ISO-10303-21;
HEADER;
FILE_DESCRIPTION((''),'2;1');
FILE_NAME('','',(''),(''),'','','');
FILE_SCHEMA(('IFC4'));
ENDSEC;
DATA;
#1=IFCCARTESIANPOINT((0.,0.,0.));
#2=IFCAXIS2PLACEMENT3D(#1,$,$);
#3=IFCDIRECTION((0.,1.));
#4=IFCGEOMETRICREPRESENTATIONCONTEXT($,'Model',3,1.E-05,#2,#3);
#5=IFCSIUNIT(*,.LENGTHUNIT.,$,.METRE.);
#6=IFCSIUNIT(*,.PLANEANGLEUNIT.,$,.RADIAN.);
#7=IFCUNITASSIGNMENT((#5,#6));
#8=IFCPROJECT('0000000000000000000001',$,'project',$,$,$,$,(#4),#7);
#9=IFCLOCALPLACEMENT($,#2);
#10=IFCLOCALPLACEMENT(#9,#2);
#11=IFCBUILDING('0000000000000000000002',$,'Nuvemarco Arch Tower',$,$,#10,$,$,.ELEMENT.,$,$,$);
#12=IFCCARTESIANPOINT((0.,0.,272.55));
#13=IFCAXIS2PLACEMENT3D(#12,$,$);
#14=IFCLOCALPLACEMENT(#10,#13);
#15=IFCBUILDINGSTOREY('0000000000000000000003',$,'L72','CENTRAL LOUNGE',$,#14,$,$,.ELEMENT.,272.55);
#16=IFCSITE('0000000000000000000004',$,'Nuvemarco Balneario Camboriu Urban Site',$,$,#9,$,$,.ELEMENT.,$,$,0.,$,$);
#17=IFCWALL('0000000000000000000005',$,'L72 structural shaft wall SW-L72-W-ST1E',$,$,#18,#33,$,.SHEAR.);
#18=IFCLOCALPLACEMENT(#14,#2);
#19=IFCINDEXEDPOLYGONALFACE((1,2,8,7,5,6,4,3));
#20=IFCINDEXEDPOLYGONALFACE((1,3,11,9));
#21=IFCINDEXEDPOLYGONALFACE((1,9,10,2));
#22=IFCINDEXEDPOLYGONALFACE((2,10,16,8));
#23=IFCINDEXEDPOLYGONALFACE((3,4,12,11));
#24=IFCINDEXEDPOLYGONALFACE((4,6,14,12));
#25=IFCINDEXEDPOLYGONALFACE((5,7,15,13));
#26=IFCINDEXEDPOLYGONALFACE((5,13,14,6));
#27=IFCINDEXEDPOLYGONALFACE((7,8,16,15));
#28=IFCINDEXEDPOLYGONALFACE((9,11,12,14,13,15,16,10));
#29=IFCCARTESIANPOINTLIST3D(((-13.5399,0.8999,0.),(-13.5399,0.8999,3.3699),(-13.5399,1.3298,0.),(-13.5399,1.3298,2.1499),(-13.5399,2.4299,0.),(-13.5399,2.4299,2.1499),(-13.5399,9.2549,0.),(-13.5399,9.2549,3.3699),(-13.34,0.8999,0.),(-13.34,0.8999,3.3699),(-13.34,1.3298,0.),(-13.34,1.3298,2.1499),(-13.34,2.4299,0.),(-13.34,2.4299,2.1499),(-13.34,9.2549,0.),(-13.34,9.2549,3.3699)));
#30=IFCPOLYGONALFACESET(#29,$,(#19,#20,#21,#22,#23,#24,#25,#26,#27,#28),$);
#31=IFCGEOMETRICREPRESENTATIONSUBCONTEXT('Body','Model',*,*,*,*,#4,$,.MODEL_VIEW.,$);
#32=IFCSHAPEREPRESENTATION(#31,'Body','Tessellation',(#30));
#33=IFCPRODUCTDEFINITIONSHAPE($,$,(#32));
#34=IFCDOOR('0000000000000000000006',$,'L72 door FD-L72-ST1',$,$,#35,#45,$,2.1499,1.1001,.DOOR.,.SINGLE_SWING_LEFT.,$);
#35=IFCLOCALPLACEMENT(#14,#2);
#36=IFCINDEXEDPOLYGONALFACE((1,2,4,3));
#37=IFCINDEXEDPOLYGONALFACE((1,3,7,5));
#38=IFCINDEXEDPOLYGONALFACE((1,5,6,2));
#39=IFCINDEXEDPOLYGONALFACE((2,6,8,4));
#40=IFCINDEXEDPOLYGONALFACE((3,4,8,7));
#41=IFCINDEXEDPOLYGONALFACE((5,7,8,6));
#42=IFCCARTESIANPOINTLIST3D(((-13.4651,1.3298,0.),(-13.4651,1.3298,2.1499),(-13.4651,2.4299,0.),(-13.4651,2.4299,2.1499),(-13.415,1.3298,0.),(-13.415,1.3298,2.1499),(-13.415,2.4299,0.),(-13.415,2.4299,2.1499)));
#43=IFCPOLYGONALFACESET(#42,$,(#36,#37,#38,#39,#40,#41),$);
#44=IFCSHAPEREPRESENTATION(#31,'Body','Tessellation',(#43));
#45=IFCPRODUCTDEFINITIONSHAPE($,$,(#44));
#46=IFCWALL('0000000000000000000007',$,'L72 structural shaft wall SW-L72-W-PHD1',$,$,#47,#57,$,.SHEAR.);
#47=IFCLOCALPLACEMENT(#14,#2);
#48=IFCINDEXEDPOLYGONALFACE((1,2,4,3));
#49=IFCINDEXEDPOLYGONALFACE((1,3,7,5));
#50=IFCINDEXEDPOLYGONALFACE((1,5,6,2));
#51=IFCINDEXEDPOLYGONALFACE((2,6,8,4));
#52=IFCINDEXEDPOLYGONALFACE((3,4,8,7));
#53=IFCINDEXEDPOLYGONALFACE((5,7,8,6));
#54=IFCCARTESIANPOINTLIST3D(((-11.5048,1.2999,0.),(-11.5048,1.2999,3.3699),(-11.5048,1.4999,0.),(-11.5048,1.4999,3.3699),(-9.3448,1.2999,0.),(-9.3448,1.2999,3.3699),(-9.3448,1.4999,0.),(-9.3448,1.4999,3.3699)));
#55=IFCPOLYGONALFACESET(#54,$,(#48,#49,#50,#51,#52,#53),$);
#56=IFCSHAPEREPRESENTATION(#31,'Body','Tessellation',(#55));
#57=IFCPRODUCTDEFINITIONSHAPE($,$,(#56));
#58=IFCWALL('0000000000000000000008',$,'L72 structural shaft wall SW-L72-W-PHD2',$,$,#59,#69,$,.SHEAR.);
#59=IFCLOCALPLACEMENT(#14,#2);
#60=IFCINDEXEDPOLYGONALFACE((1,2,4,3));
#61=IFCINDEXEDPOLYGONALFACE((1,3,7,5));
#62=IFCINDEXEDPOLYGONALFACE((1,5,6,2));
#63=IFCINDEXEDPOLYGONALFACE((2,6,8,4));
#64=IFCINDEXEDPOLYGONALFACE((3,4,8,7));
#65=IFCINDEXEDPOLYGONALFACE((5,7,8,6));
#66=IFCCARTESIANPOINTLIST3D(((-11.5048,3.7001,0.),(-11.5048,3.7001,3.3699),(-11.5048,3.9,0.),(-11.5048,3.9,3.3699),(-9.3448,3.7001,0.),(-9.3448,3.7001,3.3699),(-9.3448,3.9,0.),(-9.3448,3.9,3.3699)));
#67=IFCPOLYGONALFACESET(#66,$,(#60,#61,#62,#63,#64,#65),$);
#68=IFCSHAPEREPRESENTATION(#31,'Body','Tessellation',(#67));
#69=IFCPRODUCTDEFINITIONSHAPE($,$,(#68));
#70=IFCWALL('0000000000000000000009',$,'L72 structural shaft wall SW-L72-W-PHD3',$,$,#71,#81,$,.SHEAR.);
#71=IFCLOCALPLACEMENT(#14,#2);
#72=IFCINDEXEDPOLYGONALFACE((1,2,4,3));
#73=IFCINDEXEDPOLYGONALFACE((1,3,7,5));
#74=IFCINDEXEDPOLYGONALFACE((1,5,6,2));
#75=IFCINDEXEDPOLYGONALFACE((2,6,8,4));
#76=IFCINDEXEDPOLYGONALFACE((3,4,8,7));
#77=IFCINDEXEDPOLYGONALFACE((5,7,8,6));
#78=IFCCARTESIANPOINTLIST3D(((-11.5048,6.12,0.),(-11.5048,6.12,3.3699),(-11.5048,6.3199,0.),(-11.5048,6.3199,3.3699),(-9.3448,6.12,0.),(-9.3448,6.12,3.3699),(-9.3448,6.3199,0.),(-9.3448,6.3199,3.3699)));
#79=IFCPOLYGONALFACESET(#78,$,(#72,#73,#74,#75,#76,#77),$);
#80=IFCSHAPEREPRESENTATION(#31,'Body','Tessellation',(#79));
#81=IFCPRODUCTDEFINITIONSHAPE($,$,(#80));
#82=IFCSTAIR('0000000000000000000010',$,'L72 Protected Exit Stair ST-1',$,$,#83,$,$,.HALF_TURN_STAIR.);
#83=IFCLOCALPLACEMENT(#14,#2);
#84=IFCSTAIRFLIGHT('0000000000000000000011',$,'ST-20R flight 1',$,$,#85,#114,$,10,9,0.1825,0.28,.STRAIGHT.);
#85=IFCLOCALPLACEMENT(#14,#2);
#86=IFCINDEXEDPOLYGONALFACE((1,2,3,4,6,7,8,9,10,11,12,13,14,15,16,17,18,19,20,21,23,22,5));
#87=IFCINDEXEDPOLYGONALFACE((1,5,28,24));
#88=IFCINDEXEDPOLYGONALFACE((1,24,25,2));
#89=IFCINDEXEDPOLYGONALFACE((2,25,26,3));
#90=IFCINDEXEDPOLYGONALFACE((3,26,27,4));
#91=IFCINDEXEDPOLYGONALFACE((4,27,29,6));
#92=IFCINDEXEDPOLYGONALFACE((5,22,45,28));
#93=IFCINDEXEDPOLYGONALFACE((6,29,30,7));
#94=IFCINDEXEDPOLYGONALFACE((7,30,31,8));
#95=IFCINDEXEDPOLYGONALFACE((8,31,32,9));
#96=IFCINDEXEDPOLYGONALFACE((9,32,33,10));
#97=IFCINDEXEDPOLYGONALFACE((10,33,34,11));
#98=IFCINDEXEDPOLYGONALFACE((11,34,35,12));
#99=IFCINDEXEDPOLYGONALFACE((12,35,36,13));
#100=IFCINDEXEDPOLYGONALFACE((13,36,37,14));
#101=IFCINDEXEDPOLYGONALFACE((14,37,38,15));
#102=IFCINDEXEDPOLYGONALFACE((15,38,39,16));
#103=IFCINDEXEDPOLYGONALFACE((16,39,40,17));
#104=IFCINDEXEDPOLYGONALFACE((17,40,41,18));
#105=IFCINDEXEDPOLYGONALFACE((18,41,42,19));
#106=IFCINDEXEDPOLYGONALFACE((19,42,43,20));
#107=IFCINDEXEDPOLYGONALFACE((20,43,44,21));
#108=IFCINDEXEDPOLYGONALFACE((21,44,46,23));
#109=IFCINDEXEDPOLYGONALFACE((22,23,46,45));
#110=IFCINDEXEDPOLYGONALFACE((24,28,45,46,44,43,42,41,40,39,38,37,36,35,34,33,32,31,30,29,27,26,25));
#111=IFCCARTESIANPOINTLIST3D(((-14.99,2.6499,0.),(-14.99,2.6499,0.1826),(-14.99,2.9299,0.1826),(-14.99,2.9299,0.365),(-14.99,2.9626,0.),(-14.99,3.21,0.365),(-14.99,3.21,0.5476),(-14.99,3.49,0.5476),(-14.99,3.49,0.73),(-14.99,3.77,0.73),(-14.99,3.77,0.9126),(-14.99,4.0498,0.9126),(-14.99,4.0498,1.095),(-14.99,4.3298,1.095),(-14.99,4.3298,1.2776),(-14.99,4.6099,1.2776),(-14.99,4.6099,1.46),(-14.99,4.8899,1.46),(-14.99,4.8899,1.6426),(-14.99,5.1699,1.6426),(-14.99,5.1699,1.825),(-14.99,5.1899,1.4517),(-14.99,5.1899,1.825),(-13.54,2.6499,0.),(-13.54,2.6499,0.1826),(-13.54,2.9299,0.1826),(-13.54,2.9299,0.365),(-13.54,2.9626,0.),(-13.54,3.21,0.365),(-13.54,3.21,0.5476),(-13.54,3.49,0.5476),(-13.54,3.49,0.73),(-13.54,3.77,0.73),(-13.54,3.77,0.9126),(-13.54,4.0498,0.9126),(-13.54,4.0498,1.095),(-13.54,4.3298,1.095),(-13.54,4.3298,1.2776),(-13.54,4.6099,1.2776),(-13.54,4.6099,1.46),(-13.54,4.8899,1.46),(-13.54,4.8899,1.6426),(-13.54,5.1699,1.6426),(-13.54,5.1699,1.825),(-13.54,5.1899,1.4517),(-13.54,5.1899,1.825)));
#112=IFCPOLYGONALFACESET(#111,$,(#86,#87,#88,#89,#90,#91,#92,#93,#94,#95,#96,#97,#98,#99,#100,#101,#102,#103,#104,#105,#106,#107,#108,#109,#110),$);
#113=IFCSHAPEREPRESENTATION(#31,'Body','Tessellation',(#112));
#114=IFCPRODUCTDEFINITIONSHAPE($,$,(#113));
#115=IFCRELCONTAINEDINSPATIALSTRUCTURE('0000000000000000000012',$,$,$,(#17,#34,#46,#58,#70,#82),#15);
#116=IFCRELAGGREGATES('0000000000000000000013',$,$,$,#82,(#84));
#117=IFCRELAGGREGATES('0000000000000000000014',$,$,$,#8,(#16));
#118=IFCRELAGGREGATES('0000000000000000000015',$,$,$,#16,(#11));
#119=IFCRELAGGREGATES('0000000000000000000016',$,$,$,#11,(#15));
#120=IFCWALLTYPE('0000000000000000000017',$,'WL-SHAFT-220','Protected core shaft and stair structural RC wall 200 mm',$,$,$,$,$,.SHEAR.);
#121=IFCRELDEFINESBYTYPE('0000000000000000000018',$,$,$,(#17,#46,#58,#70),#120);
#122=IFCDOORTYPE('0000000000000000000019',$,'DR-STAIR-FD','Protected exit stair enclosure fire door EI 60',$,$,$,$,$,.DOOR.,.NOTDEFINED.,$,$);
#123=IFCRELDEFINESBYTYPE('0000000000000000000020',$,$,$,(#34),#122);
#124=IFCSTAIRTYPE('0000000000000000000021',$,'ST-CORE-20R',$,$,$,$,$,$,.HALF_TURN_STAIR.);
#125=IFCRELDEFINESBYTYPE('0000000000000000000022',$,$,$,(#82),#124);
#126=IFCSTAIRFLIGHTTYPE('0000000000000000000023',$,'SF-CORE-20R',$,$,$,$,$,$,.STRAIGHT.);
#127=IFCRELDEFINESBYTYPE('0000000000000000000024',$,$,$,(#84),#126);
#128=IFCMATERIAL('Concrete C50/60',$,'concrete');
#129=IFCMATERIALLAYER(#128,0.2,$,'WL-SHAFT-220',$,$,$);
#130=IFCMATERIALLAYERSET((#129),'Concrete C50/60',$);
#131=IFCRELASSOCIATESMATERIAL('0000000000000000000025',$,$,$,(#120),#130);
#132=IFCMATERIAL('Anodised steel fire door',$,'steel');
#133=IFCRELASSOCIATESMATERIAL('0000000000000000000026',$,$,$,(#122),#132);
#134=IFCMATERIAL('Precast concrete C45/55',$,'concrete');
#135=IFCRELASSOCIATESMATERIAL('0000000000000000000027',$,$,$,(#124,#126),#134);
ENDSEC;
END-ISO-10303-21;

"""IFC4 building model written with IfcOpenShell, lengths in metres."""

from ifc_helpers import new_model, si_unit, direction, frame, frame_2d, origin, place, context, subcontext, project, spatial, polyline, rectangle, outline, extrude, source, transform, mapped, material, layer, layer_set, type_object, type_shapes, element, fill, aggregate, save


model = new_model("IFC4")

# Units and contexts
model_context = context("Model", 3, precision=1e-05, world=origin(), true_north=direction((0.0, 1.0)))
body_context = subcontext(model_context, "Body", "Model", "MODEL_VIEW")
ifc_project = project(units=[si_unit("LENGTHUNIT", "METRE"), si_unit("PLANEANGLEUNIT", "RADIAN")], contexts=[model_context])

# Site, building, storey
site_placement = place(None, origin())
site = spatial("IfcSite", under=ifc_project, at=site_placement, Name="Nuvemarco Balneario Camboriu Urban Site", CompositionType="ELEMENT", RefElevation=0.0)
building_placement = place(site_placement, origin())
building = spatial("IfcBuilding", under=site, at=building_placement, Name="Nuvemarco Arch Tower", CompositionType="ELEMENT")
storey_placement = place(building_placement, frame((0.0, 0.0, 272.55)))
storey = spatial("IfcBuildingStorey", under=building, at=storey_placement, Name="L72", Description="CENTRAL LOUNGE", CompositionType="ELEMENT", Elevation=272.55)

# Shared definitions
ifc_material_1 = material(Name="Concrete C50/60", Category="concrete")

# Wall, opening, door
ifc_layer_1 = layer(ifc_material_1, 0.2, Name="WL-SHAFT-220")
ifc_layer_set_1 = layer_set([ifc_layer_1], Name="Concrete C50/60")
wall_type_1 = type_object("IfcWallType", Name="WL-SHAFT-220", Description="Protected core shaft and stair structural RC wall 200 mm", PredefinedType="SHEAR", material=ifc_layer_set_1)
wall_1_placement = place(storey_placement, frame((-13.4399, 0.8999, 0.0), z_axis=(0.0, 0.0, 1.0), x_axis=(0.0, 1.0, 0.0)))
wall_1 = element("IfcWall", 1, at=wall_1_placement, inside=storey, type_object=wall_type_1, Name="L72 structural shaft wall SW-L72-W-ST1E", PredefinedType="SHEAR", context=body_context, shape_type="SweptSolid", body=[
    extrude(rectangle(XDim=8.355, YDim=0.2, at=frame_2d((4.1775, 0.0))), origin(), (0.0, 0.0, 1.0), 3.3699),
])
opening_1_placement = place(wall_1_placement, frame((1.53, 0.0, 0.0), z_axis=(0.0, 0.0, 1.0), x_axis=(-1.0, 0.0, 0.0)))
opening_1 = element("IfcOpeningElement", 2, at=opening_1_placement, cuts=wall_1, PredefinedType="OPENING", context=body_context, shape_type="SweptSolid", body=[
    extrude(rectangle(XDim=1.1001, YDim=2.1499, at=frame_2d((0.55, 1.075))), frame((0.0, 0.1099, 0.0), z_axis=(0.0, -1.0, 0.0), x_axis=(1.0, 0.0, 0.0)), (0.0, 0.0, 1.0), 0.22),
])
ifc_material_2 = material(Name="Anodised steel fire door", Category="steel")
door_type_1 = type_object("IfcDoorType", Name="DR-STAIR-FD", Description="Protected exit stair enclosure fire door EI 60", OperationType="NOTDEFINED", PredefinedType="DOOR", material=ifc_material_2)
shared_shape_1 = source(origin(), body_context, "Body", "SweptSolid", [
    extrude(rectangle(XDim=1.1001, YDim=2.1499, at=frame_2d((0.55, 1.075))), frame((0.0, 0.0249, 0.0), z_axis=(0.0, -1.0, 0.0), x_axis=(1.0, 0.0, 0.0)), (0.0, 0.0, 1.0), 0.05),
])
type_shapes(door_type_1, [shared_shape_1])
door_1_placement = place(opening_1_placement, origin())
door_1 = element("IfcDoor", 3, at=door_1_placement, inside=storey, type_object=door_type_1, Name="L72 door FD-L72-ST1", OperationType="SINGLE_SWING_LEFT", OverallHeight=2.1499, OverallWidth=1.1001, PredefinedType="DOOR", context=body_context, shape_type="MappedRepresentation", body=[
    mapped(shared_shape_1, transform((0.0, 0.0, 0.0), scale=1.0)),
])
fill(opening_1, door_1)

# Walls
for number, where, z_axis, x_axis, name in (
    (4, (-11.5049, 1.3999, 0.0), (0.0, 0.0, 1.0), (1.0, 0.0, 0.0), "L72 structural shaft wall SW-L72-W-PHD1"),
    (5, (-11.5049, 3.8, 0.0), (0.0, 0.0, 1.0), (1.0, 0.0, 0.0), "L72 structural shaft wall SW-L72-W-PHD2"),
    (6, (-11.5049, 6.22, 0.0), (0.0, 0.0, 1.0), (1.0, 0.0, 0.0), "L72 structural shaft wall SW-L72-W-PHD3"),
):
    element("IfcWall", number, at=place(storey_placement, frame(where, z_axis=z_axis, x_axis=x_axis)), inside=storey, type_object=wall_type_1, Name=name, PredefinedType="SHEAR", context=body_context, shape_type="SweptSolid", body=[
        extrude(rectangle(XDim=2.1599, YDim=0.2, at=frame_2d((1.0801, 0.0))), origin(), (0.0, 0.0, 1.0), 3.3699),
    ])

# Stair, stair flight
ifc_material_3 = material(Name="Precast concrete C45/55", Category="concrete")
stair_type = type_object("IfcStairType", Name="ST-CORE-20R", PredefinedType="HALF_TURN_STAIR", material=ifc_material_3)
stair_placement = place(storey_placement, origin())
stair = element("IfcStair", 7, at=stair_placement, inside=storey, type_object=stair_type, Name="L72 Protected Exit Stair ST-1", PredefinedType="HALF_TURN_STAIR")
stair_flight_type = type_object("IfcStairFlightType", Name="SF-CORE-20R", PredefinedType="STRAIGHT", material=ifc_material_3)
stair_flight_placement = place(storey_placement, frame((-14.2649, 2.6499, 0.0), z_axis=(0.0, 0.0, 1.0), x_axis=(0.0, 1.0, 0.0)))
stair_flight = element("IfcStairFlight", 8, at=stair_flight_placement, type_object=stair_flight_type, Name="ST-20R flight 1", NumberOfRisers=10, NumberOfTreads=9, PredefinedType="STRAIGHT", RiserHeight=0.1825, TreadLength=0.28, context=body_context, shape_type="SweptSolid", body=[
    extrude(outline(polyline([(0.0, 0.0), (0.0, 0.1826), (0.28, 0.1826), (0.28, 0.365), (0.5601, 0.365), (0.5601, 0.5476), (0.8401, 0.5476), (0.8401, 0.73), (1.1201, 0.73), (1.1201, 0.9126), (1.3999, 0.9126), (1.3999, 1.095), (1.6799, 1.095), (1.6799, 1.2776), (1.96, 1.2776), (1.96, 1.46), (2.24, 1.46), (2.24, 1.6426), (2.52, 1.6426), (2.52, 1.825), (2.54, 1.825), (2.54, 1.4517), (0.3127, 0.0), (0.0, 0.0)])), frame((0.0, 0.7251, 0.0), z_axis=(0.0, -1.0, 0.0), x_axis=(1.0, 0.0, 0.0)), (0.0, 0.0, 1.0), 1.45),
])
aggregate(stair, [stair_flight])

save(model, "model.ifc")
